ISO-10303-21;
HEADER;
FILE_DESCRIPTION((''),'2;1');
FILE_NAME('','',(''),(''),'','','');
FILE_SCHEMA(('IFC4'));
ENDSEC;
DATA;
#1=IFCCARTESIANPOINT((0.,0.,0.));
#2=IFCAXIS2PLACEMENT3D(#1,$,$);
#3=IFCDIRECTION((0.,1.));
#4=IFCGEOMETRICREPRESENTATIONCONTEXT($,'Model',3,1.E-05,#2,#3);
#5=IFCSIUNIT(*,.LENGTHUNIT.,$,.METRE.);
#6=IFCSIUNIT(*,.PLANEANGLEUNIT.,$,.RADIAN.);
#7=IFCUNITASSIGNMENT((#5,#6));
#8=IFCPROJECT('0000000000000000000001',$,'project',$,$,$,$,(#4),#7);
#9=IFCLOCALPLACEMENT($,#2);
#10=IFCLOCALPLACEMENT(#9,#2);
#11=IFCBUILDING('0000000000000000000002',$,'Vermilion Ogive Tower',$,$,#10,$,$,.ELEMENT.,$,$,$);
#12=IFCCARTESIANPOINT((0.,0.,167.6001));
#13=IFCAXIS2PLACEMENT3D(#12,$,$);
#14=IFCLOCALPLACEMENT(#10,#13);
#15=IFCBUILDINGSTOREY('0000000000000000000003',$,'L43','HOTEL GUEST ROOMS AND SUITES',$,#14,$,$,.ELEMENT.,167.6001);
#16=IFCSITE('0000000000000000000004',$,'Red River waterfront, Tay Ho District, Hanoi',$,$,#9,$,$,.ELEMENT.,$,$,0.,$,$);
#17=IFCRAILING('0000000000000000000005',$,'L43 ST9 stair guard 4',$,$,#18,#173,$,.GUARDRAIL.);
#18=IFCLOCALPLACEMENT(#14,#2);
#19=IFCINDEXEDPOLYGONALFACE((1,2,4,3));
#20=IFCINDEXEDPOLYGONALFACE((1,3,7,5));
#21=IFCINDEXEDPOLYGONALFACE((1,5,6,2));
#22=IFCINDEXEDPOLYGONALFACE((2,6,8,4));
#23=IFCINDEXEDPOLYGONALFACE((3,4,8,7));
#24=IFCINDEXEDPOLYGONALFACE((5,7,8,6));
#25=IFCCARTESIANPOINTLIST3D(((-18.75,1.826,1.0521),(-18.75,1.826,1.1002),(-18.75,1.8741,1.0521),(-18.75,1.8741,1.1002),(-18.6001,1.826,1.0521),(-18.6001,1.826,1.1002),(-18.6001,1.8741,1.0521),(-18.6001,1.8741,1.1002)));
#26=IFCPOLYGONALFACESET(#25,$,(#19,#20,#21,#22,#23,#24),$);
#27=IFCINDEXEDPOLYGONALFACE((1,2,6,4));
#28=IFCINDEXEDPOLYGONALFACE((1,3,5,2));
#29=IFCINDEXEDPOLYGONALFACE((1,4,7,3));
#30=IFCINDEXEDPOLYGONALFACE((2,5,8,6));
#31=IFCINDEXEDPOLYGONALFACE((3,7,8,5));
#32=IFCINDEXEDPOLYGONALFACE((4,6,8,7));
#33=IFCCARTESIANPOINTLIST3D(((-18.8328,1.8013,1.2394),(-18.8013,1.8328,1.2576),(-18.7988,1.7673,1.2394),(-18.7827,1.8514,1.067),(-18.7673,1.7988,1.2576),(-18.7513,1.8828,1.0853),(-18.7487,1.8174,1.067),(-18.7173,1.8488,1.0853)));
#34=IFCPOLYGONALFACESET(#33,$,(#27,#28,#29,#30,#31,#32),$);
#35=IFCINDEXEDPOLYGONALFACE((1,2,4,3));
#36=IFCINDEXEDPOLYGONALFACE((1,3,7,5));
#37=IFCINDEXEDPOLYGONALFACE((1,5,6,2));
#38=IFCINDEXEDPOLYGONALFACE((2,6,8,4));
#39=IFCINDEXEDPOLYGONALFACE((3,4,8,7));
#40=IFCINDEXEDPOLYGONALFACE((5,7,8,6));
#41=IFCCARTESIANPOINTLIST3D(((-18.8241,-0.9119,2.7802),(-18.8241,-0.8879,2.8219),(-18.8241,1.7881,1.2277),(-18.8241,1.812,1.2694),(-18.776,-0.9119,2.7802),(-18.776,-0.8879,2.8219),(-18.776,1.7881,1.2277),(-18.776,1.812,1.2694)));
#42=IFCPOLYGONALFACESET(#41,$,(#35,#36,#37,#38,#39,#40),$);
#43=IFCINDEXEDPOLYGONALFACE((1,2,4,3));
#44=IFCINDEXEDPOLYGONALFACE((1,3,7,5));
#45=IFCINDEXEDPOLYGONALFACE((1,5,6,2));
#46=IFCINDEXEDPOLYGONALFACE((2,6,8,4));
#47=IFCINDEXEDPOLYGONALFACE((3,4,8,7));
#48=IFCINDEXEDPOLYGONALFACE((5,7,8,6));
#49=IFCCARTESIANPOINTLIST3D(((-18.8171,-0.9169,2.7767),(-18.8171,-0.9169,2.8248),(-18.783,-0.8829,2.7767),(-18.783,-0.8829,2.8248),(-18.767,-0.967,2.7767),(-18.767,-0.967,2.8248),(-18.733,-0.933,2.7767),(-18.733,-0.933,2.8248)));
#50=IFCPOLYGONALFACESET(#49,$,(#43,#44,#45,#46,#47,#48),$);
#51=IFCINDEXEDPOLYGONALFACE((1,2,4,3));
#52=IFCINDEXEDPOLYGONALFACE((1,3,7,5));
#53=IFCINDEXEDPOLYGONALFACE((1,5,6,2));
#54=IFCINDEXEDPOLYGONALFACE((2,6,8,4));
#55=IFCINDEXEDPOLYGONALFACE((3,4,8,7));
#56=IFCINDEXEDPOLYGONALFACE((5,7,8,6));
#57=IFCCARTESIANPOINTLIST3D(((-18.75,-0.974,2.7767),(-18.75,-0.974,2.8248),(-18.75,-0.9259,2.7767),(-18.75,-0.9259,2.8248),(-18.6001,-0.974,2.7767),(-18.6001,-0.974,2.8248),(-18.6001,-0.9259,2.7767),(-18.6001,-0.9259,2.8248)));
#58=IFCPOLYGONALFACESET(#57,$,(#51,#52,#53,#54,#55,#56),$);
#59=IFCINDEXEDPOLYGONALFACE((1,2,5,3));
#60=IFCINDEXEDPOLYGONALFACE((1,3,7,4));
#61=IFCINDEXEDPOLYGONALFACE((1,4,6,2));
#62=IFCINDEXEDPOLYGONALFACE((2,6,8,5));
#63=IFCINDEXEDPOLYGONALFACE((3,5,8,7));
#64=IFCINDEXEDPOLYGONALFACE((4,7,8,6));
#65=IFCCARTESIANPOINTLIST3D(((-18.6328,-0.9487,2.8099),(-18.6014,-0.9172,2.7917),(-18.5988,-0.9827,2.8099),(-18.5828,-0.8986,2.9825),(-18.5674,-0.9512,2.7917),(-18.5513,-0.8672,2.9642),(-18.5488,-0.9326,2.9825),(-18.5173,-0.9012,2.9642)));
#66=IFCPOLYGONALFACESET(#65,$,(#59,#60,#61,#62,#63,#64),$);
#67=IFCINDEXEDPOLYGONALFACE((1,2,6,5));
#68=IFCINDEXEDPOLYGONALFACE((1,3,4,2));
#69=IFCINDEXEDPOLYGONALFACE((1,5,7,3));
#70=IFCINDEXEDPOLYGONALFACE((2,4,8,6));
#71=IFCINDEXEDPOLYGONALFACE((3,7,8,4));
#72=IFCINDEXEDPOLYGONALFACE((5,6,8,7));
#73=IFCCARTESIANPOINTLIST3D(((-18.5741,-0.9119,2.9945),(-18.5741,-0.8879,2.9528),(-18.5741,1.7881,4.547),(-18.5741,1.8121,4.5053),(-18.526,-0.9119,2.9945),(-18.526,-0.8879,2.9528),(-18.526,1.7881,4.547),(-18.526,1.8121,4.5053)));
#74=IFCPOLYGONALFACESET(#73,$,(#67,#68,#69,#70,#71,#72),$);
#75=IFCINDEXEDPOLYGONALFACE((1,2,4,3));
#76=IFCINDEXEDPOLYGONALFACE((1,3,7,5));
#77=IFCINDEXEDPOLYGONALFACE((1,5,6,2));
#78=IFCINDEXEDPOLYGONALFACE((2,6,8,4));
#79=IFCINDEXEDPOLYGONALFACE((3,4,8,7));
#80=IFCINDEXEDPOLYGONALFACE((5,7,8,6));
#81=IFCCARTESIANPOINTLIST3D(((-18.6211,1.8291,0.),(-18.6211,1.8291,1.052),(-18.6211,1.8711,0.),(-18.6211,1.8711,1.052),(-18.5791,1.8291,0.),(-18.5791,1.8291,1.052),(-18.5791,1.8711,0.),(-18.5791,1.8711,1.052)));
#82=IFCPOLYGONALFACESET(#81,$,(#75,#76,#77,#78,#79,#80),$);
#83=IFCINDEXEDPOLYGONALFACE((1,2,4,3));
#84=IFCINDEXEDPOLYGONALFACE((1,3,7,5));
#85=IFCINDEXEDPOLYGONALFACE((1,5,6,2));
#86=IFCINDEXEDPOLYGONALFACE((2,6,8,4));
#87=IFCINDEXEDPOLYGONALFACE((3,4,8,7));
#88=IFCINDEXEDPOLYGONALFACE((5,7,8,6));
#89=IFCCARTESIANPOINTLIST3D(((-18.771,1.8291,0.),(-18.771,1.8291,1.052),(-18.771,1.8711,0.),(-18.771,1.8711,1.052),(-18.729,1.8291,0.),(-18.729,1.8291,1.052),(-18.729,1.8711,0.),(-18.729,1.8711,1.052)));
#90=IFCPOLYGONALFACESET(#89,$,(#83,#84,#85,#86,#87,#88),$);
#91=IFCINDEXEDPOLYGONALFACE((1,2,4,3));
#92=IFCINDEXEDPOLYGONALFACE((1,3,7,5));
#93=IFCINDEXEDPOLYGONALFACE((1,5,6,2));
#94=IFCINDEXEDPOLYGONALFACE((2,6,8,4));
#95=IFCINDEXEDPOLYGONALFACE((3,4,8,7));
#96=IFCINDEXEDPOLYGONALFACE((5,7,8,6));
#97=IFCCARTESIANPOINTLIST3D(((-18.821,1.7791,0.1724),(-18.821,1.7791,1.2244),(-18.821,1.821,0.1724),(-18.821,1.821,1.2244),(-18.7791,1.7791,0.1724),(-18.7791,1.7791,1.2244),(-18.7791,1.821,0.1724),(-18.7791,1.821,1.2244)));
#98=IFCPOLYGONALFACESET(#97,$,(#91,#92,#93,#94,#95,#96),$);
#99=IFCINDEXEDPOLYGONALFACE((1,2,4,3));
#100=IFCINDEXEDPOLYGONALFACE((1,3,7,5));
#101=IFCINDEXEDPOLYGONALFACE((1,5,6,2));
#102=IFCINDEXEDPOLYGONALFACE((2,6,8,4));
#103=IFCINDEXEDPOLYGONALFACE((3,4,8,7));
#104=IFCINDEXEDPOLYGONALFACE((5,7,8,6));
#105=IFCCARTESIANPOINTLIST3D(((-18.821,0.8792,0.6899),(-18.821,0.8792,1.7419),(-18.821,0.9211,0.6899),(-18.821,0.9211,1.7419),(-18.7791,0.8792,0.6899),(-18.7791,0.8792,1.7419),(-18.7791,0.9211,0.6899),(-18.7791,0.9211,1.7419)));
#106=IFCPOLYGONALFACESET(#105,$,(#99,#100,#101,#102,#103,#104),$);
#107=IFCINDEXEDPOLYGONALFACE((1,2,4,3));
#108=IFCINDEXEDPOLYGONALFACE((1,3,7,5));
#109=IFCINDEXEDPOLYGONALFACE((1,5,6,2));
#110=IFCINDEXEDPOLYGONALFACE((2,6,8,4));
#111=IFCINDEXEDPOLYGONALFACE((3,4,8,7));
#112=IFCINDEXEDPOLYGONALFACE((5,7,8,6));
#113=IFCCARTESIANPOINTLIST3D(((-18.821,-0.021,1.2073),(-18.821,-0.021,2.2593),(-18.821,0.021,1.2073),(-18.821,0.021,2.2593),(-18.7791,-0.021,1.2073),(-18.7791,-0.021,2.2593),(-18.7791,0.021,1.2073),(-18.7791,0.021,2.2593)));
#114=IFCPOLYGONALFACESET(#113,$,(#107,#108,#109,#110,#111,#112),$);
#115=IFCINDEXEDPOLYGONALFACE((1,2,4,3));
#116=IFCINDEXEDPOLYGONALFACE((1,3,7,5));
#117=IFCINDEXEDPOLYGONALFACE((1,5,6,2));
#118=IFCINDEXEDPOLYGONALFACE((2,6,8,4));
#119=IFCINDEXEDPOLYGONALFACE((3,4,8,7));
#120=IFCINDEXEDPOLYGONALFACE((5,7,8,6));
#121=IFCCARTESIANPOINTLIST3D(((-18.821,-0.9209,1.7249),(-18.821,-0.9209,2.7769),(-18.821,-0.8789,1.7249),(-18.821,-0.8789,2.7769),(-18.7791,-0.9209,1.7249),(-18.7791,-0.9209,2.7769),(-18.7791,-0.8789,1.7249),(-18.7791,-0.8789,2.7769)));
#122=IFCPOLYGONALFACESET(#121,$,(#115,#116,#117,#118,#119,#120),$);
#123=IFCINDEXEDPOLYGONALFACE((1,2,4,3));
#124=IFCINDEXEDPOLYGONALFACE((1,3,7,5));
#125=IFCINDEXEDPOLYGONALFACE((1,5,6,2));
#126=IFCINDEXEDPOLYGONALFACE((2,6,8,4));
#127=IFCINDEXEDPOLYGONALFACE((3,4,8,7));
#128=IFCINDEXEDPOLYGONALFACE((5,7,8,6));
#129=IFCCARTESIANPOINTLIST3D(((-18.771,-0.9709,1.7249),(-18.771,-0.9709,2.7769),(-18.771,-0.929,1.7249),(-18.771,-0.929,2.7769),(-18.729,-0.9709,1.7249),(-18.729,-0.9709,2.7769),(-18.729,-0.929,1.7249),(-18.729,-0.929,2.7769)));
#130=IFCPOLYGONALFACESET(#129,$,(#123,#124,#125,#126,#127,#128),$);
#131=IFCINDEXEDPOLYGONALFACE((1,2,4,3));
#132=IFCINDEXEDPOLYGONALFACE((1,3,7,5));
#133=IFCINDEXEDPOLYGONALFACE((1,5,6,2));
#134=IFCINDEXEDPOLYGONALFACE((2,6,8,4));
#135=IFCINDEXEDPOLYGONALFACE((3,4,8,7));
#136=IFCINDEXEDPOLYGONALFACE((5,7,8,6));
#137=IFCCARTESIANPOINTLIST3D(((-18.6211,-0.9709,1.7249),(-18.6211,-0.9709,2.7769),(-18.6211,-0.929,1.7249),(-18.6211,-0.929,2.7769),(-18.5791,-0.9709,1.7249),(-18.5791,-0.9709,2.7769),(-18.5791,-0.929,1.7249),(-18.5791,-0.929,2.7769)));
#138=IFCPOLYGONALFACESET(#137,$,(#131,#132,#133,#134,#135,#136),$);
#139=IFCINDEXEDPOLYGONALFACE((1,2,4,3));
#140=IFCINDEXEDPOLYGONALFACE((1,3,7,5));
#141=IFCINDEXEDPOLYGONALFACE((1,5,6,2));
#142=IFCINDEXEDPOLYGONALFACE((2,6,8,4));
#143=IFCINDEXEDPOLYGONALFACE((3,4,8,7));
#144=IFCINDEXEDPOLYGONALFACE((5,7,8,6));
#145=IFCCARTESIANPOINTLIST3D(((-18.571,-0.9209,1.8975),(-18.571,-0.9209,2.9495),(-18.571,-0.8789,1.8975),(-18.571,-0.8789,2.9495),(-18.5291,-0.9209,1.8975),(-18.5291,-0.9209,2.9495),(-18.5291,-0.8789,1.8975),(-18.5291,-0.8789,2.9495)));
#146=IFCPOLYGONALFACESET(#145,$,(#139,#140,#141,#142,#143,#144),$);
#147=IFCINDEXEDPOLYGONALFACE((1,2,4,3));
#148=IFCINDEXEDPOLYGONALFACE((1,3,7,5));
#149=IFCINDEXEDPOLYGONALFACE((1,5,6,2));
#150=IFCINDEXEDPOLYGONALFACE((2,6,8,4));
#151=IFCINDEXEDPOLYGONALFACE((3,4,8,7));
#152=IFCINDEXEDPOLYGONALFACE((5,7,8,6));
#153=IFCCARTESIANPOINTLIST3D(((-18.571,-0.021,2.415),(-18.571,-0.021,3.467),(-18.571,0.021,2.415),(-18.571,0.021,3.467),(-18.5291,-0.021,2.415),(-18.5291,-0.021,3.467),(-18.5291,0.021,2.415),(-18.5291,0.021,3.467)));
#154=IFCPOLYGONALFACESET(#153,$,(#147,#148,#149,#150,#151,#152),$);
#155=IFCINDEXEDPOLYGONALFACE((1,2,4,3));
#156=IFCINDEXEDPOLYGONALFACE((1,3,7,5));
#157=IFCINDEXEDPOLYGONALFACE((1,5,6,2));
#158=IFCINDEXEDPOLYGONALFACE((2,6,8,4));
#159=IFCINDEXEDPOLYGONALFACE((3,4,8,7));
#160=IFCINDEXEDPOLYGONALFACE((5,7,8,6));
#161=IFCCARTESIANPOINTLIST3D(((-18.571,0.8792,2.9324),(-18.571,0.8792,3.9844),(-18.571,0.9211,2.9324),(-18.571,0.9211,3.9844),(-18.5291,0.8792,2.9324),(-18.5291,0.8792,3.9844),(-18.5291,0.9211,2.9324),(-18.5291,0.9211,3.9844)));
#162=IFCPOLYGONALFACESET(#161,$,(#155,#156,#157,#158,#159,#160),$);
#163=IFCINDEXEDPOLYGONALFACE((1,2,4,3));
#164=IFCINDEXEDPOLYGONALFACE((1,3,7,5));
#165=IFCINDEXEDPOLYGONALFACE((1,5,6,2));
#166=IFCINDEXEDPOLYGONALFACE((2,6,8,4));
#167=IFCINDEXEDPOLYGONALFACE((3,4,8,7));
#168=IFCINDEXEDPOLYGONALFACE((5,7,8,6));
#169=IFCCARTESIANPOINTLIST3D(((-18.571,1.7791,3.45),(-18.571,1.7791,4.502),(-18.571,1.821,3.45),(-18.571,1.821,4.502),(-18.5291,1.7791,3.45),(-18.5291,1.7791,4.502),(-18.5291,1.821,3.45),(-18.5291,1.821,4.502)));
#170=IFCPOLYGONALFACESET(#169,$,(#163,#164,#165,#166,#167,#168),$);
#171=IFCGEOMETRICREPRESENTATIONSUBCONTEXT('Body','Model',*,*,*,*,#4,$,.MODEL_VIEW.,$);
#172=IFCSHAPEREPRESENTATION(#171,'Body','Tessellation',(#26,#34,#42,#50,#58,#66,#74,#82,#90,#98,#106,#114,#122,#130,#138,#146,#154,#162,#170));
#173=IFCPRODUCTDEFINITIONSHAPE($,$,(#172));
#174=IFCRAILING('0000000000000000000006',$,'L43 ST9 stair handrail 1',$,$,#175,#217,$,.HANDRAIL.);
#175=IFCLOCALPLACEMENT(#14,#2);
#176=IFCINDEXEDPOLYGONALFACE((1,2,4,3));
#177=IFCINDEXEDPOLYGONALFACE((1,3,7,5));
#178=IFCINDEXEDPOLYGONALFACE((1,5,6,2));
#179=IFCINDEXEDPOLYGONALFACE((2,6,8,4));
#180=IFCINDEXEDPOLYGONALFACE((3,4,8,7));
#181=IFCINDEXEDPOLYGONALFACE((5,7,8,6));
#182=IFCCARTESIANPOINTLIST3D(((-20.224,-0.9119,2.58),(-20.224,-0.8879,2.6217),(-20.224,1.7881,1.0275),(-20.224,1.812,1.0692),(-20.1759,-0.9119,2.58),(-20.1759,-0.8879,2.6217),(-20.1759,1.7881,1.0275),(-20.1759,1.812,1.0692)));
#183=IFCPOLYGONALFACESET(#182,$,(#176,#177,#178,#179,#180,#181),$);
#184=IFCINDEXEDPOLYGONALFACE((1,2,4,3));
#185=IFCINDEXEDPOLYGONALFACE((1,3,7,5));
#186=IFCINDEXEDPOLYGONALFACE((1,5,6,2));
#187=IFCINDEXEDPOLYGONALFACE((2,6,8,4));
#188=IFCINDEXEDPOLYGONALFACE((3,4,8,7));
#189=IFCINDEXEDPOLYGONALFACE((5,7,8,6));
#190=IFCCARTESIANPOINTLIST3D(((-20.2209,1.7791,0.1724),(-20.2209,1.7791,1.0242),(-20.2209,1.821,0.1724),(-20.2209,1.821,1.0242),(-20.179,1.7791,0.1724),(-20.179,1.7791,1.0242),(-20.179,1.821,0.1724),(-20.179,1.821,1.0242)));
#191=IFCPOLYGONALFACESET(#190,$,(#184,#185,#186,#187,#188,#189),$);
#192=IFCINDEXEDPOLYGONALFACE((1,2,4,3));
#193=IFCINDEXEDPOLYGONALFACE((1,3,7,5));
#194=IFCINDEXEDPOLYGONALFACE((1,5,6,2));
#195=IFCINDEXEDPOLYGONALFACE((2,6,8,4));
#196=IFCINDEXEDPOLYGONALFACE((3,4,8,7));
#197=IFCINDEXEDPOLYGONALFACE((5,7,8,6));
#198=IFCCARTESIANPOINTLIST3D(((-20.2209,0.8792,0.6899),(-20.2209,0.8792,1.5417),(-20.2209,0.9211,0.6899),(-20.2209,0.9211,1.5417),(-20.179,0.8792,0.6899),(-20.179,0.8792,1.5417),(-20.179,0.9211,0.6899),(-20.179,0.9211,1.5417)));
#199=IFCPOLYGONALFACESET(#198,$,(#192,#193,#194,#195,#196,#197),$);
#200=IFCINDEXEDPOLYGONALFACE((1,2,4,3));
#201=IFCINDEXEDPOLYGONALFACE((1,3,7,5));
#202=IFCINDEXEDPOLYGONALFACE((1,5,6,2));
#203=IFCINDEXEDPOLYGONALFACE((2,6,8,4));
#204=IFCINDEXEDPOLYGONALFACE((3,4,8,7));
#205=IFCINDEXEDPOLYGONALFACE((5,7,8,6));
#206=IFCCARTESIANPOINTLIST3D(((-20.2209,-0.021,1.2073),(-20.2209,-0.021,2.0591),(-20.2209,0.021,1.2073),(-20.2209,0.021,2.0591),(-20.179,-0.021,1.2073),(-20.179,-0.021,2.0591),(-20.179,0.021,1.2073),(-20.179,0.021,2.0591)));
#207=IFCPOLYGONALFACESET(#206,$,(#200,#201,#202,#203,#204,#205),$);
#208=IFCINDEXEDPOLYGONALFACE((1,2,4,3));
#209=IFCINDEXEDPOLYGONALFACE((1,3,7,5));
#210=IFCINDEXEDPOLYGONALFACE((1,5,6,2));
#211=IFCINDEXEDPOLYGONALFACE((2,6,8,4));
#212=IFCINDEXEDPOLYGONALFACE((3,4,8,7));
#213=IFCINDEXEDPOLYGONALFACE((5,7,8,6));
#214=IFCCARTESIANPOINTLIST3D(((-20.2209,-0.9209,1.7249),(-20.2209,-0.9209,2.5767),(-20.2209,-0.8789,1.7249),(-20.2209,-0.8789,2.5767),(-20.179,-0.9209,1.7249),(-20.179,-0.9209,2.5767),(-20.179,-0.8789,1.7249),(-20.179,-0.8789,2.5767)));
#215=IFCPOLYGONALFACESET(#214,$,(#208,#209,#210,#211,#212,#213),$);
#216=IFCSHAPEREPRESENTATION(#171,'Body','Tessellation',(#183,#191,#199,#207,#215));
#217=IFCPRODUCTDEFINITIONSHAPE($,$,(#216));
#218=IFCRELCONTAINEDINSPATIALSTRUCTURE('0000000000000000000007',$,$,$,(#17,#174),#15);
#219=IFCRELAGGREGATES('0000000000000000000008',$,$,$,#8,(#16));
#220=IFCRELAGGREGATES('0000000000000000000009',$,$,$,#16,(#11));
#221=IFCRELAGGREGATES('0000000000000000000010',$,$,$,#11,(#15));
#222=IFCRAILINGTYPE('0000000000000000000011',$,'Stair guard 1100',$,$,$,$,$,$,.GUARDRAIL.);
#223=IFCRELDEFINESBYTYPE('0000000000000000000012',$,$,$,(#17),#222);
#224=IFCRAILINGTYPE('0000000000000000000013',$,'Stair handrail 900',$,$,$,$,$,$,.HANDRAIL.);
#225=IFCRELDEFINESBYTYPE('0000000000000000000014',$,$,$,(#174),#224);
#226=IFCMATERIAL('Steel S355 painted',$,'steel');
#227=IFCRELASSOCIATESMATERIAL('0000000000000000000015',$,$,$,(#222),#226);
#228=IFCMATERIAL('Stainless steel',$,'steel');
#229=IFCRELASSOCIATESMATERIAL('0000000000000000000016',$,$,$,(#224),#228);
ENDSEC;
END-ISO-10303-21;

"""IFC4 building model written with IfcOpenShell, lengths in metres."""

from ifc_helpers import new_model, si_unit, direction, frame, origin, origin_2d, place, context, subcontext, project, spatial, rectangle, extrude, material, type_object, element, save


model = new_model("IFC4")

# Units and contexts
model_context = context("Model", 3, precision=1e-05, world=origin(), true_north=direction((0.0, 1.0)))
body_context = subcontext(model_context, "Body", "Model", "MODEL_VIEW")
ifc_project = project(units=[si_unit("LENGTHUNIT", "METRE"), si_unit("PLANEANGLEUNIT", "RADIAN")], contexts=[model_context])

# Site, building, storey
site_placement = place(None, origin())
site = spatial("IfcSite", under=ifc_project, at=site_placement, Name="Red River waterfront, Tay Ho District, Hanoi", CompositionType="ELEMENT", RefElevation=0.0)
building_placement = place(site_placement, origin())
building = spatial("IfcBuilding", under=site, at=building_placement, Name="Vermilion Ogive Tower", CompositionType="ELEMENT")
storey_placement = place(building_placement, frame((0.0, 0.0, 167.6001)))
storey = spatial("IfcBuildingStorey", under=building, at=storey_placement, Name="L43", Description="HOTEL GUEST ROOMS AND SUITES", CompositionType="ELEMENT", Elevation=167.6001)

# Railings
ifc_material_1 = material(Name="Steel S355 painted", Category="steel")
railing_type_1 = type_object("IfcRailingType", Name="Stair guard 1100", PredefinedType="GUARDRAIL", material=ifc_material_1)
railing_1_placement = place(storey_placement, frame((-18.6001, 1.8501, 0.0)))
element("IfcRailing", 1, at=railing_1_placement, inside=storey, type_object=railing_type_1, Name="L43 ST9 stair guard 4", PredefinedType="GUARDRAIL", context=body_context, shape_type="SweptSolid", body=[
    extrude(rectangle(XDim=0.0481, YDim=0.0481, at=origin_2d()), frame((0.0, 0.0, 1.0762), z_axis=(-1.0, 0.0, 0.0), x_axis=(0.0, -1.0, 0.0)), (0.0, 0.0, 1.0), 0.1499),
    extrude(rectangle(XDim=0.0481, YDim=0.0481, at=origin_2d()), frame((-0.1499, 0.0, 1.0762), z_axis=(-0.268603, -0.268603, 0.925043), x_axis=(0.707107, -0.707107, 0.0)), (0.0, 0.0, 1.0), 0.1863),
    extrude(rectangle(XDim=0.0481, YDim=0.0481, at=origin_2d()), frame((-0.2, -0.05, 1.2485), z_axis=(0.0, -0.866904, 0.498476), x_axis=(1.0, 0.0, 0.0)), (0.0, 0.0, 1.0), 3.1145),
    extrude(rectangle(XDim=0.0481, YDim=0.0481, at=origin_2d()), frame((-0.2, -2.75, 2.8008), z_axis=(0.707107, -0.707107, 0.0), x_axis=(0.707107, 0.707107, 0.0)), (0.0, 0.0, 1.0), 0.0708),
    extrude(rectangle(XDim=0.0481, YDim=0.0481, at=origin_2d()), frame((-0.1499, -2.8, 2.8008), z_axis=(1.0, 0.0, 0.0), x_axis=(0.0, 1.0, 0.0)), (0.0, 0.0, 1.0), 0.1499),
    extrude(rectangle(XDim=0.0481, YDim=0.0481, at=origin_2d()), frame((0.0, -2.8, 2.8008), z_axis=(0.268278, 0.268278, 0.925232), x_axis=(-0.707107, 0.707107, 0.0)), (0.0, 0.0, 1.0), 0.1865),
    extrude(rectangle(XDim=0.0481, YDim=0.0481, at=origin_2d()), frame((0.05, -2.75, 2.9736), z_axis=(0.0, 0.866904, 0.498476), x_axis=(-1.0, 0.0, 0.0)), (0.0, 0.0, 1.0), 3.1145),
    extrude(rectangle(XDim=0.042, YDim=0.042, at=origin_2d()), origin(), (0.0, 0.0, 1.0), 1.052),
    extrude(rectangle(XDim=0.042, YDim=0.042, at=origin_2d()), frame((-0.1499, 0.0, 0.0)), (0.0, 0.0, 1.0), 1.052),
    extrude(rectangle(XDim=0.042, YDim=0.042, at=origin_2d()), frame((-0.2, -0.05, 0.1724)), (0.0, 0.0, 1.0), 1.052),
    extrude(rectangle(XDim=0.042, YDim=0.042, at=origin_2d()), frame((-0.2, -0.95, 0.6899)), (0.0, 0.0, 1.0), 1.052),
    extrude(rectangle(XDim=0.042, YDim=0.042, at=origin_2d()), frame((-0.2, -1.8501, 1.2073)), (0.0, 0.0, 1.0), 1.052),
    extrude(rectangle(XDim=0.042, YDim=0.042, at=origin_2d()), frame((-0.2, -2.75, 1.7249)), (0.0, 0.0, 1.0), 1.052),
    extrude(rectangle(XDim=0.042, YDim=0.042, at=origin_2d()), frame((-0.1499, -2.8, 1.7249)), (0.0, 0.0, 1.0), 1.052),
    extrude(rectangle(XDim=0.042, YDim=0.042, at=origin_2d()), frame((0.0, -2.8, 1.7249)), (0.0, 0.0, 1.0), 1.052),
    extrude(rectangle(XDim=0.042, YDim=0.042, at=origin_2d()), frame((0.05, -2.75, 1.8975)), (0.0, 0.0, 1.0), 1.052),
    extrude(rectangle(XDim=0.042, YDim=0.042, at=origin_2d()), frame((0.05, -1.8501, 2.415)), (0.0, 0.0, 1.0), 1.052),
    extrude(rectangle(XDim=0.042, YDim=0.042, at=origin_2d()), frame((0.05, -0.95, 2.9324)), (0.0, 0.0, 1.0), 1.052),
    extrude(rectangle(XDim=0.042, YDim=0.042, at=origin_2d()), frame((0.05, -0.05, 3.45)), (0.0, 0.0, 1.0), 1.052),
])
ifc_material_2 = material(Name="Stainless steel", Category="steel")
railing_type_2 = type_object("IfcRailingType", Name="Stair handrail 900", PredefinedType="HANDRAIL", material=ifc_material_2)
railing_2_placement = place(storey_placement, frame((-20.2, 1.8, 0.1724)))
element("IfcRailing", 2, at=railing_2_placement, inside=storey, type_object=railing_type_2, Name="L43 ST9 stair handrail 1", PredefinedType="HANDRAIL", context=body_context, shape_type="SweptSolid", body=[
    extrude(rectangle(XDim=0.0481, YDim=0.0481, at=origin_2d()), frame((0.0, 0.0, 0.876), z_axis=(0.0, -0.866904, 0.498476), x_axis=(1.0, 0.0, 0.0)), (0.0, 0.0, 1.0), 3.1145),
    extrude(rectangle(XDim=0.042, YDim=0.042, at=origin_2d()), origin(), (0.0, 0.0, 1.0), 0.8518),
    extrude(rectangle(XDim=0.042, YDim=0.042, at=origin_2d()), frame((0.0, -0.8999, 0.5176)), (0.0, 0.0, 1.0), 0.8518),
    extrude(rectangle(XDim=0.042, YDim=0.042, at=origin_2d()), frame((0.0, -1.8, 1.0349)), (0.0, 0.0, 1.0), 0.8518),
    extrude(rectangle(XDim=0.042, YDim=0.042, at=origin_2d()), frame((0.0, -2.7, 1.5525)), (0.0, 0.0, 1.0), 0.8518),
])

save(model, "model.ifc")
